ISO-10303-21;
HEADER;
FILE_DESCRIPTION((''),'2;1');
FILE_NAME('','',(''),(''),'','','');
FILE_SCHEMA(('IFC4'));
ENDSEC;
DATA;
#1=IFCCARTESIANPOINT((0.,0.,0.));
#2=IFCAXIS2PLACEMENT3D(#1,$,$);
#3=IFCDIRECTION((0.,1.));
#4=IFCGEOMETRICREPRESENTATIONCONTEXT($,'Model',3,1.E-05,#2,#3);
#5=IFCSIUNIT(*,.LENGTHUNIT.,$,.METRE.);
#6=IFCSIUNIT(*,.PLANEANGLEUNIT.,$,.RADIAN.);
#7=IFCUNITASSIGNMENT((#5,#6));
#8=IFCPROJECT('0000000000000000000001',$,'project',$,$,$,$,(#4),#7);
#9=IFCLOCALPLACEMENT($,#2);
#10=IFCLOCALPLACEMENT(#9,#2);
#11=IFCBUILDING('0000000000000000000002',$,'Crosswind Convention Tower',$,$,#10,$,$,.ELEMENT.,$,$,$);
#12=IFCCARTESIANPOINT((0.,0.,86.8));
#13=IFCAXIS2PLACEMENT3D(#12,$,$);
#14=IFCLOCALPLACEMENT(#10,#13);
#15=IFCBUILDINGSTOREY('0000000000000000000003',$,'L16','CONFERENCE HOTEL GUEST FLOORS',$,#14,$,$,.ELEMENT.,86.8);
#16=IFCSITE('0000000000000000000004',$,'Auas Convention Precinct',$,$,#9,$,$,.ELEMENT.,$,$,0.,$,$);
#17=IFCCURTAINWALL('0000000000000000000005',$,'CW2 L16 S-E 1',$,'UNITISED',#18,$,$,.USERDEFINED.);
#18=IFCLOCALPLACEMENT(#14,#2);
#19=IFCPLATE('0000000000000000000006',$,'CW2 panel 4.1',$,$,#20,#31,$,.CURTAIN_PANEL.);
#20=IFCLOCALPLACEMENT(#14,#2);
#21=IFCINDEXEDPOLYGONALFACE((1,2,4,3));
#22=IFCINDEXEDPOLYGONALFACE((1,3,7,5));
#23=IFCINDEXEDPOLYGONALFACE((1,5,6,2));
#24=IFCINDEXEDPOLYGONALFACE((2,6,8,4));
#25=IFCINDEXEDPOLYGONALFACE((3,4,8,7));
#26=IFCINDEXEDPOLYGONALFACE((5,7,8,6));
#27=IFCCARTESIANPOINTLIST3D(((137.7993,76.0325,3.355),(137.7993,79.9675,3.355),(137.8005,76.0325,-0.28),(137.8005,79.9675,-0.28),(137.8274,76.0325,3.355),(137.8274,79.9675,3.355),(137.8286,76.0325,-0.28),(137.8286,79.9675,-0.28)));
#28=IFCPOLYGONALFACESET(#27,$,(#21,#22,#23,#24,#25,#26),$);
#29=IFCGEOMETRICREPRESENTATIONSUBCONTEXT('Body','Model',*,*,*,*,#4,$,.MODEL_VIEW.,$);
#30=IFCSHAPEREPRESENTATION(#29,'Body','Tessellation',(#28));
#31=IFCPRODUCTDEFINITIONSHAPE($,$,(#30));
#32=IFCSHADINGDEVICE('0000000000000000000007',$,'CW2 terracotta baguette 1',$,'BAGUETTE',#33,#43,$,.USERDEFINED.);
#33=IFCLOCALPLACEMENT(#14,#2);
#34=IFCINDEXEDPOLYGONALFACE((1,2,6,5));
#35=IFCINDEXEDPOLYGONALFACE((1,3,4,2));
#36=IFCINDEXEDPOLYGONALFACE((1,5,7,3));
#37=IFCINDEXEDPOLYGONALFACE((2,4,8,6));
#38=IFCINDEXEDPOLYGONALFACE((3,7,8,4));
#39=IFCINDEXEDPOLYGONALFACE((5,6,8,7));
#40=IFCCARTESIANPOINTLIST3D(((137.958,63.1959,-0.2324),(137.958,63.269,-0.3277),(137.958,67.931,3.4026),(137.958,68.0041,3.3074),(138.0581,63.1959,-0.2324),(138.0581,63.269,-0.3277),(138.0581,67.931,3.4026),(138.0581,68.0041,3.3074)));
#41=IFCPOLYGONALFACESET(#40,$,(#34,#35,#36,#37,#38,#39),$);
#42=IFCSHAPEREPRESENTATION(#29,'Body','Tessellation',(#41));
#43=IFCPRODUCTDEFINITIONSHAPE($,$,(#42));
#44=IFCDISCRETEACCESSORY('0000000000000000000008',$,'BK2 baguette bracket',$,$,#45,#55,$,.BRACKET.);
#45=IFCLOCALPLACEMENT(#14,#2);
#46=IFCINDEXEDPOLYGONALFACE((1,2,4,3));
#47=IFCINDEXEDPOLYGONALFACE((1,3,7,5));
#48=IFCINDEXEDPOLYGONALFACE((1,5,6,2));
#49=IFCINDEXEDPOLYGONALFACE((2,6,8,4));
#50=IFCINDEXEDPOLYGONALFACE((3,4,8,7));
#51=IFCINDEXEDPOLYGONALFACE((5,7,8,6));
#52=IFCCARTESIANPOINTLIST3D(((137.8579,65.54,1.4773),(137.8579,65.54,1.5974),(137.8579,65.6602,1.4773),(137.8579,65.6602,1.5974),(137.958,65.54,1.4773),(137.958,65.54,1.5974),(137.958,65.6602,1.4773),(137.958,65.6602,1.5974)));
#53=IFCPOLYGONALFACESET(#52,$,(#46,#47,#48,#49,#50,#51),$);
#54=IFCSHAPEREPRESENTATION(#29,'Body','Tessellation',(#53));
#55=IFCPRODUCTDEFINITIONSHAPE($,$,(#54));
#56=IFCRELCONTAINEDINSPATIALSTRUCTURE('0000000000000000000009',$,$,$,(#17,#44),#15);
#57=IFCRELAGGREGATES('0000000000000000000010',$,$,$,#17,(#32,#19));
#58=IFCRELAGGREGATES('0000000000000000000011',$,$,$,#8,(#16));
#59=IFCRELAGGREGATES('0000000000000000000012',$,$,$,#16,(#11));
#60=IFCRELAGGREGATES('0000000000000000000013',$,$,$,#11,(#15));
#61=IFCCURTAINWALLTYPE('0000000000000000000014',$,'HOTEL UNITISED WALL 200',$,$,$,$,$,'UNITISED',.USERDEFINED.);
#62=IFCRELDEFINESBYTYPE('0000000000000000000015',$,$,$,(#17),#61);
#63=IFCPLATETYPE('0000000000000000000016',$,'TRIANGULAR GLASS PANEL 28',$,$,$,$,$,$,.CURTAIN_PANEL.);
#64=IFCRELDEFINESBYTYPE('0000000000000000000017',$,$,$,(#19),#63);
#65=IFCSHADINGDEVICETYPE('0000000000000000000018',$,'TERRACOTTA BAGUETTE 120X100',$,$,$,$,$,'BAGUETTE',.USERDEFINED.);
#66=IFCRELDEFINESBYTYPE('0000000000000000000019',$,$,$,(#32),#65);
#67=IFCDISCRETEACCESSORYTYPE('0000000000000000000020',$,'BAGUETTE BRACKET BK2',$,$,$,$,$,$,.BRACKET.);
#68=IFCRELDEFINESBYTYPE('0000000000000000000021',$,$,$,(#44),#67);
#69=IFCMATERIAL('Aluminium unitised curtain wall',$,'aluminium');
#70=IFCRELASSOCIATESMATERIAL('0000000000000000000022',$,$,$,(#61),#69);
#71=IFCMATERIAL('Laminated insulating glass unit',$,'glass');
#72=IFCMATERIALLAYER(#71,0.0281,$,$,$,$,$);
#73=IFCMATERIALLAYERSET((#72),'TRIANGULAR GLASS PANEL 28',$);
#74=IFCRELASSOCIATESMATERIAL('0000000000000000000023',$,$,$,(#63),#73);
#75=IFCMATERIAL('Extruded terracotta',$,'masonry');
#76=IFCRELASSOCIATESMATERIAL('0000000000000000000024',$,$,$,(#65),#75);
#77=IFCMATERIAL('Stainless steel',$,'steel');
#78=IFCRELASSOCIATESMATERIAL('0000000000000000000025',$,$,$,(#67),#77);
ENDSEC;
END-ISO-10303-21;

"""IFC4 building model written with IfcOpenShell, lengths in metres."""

from ifc_helpers import new_model, si_unit, direction, frame, origin, origin_2d, place, context, subcontext, project, spatial, polyline, rectangle, outline, extrude, material, layer, layer_set, material_profile, profile_set, type_object, element, aggregate, save


model = new_model("IFC4")

# Units and contexts
model_context = context("Model", 3, precision=1e-05, world=origin(), true_north=direction((0.0, 1.0)))
body_context = subcontext(model_context, "Body", "Model", "MODEL_VIEW")
ifc_project = project(units=[si_unit("LENGTHUNIT", "METRE"), si_unit("PLANEANGLEUNIT", "RADIAN")], contexts=[model_context])

# Site, building, storey
site_placement = place(None, origin())
site = spatial("IfcSite", under=ifc_project, at=site_placement, Name="Auas Convention Precinct", CompositionType="ELEMENT", RefElevation=0.0)
building_placement = place(site_placement, origin())
building = spatial("IfcBuilding", under=site, at=building_placement, Name="Crosswind Convention Tower", CompositionType="ELEMENT")
storey_placement = place(building_placement, frame((0.0, 0.0, 86.8)))
storey = spatial("IfcBuildingStorey", under=building, at=storey_placement, Name="L16", Description="CONFERENCE HOTEL GUEST FLOORS", CompositionType="ELEMENT", Elevation=86.8)

# Shared definitions
ifc_material_1 = material(Name="Aluminium unitised curtain wall", Category="aluminium")
curtain_wall_type = type_object("IfcCurtainWallType", Name="HOTEL UNITISED WALL 200", ElementType="UNITISED", PredefinedType="USERDEFINED", material=ifc_material_1)

# Curtain wall, plate
curtain_wall_1_placement = place(storey_placement, origin())
curtain_wall_1 = element("IfcCurtainWall", 1, at=curtain_wall_1_placement, inside=storey, type_object=curtain_wall_type, Name="CW2 L16 S-E 1", ObjectType="UNITISED", PredefinedType="USERDEFINED")
ifc_material_2 = material(Name="Laminated insulating glass unit", Category="glass")
ifc_layer_1 = layer(ifc_material_2, 0.0281)
ifc_layer_set_1 = layer_set([ifc_layer_1], Name="TRIANGULAR GLASS PANEL 28")
plate_type = type_object("IfcPlateType", Name="TRIANGULAR GLASS PANEL 28", PredefinedType="CURTAIN_PANEL", material=ifc_layer_set_1)
plate_1_placement = place(storey_placement, frame((137.8286, 76.0325, -0.28), z_axis=(1.0, 0.0, 0.000336), x_axis=(0.0, 1.0, 0.0)))
plate_1 = element("IfcPlate", 2, at=plate_1_placement, type_object=plate_type, Name="CW2 panel 4.1", PredefinedType="CURTAIN_PANEL", context=body_context, shape_type="SweptSolid", body=[
    extrude(outline(polyline([(0.0, 0.0), (3.9351, 0.0), (3.9351, 3.635), (0.0, 3.635), (0.0, 0.0)])), origin(), (0.0, 0.0, -1.0), 0.0281),
])

# Shading device
ifc_material_3 = material(Name="Extruded terracotta", Category="masonry")
ifc_material_profile_1 = material_profile(ifc_material_3, rectangle(XDim=0.1001, YDim=0.1201, at=origin_2d()), Name="TC 100X120")
ifc_profile_set_1 = profile_set([ifc_material_profile_1], Name="Extruded terracotta")
shading_device_type = type_object("IfcShadingDeviceType", Name="TERRACOTTA BAGUETTE 120X100", ElementType="BAGUETTE", PredefinedType="USERDEFINED", material=ifc_profile_set_1)
shading_device_placement = place(storey_placement, frame((138.0081, 63.2324, -0.28), z_axis=(0.0, 0.793221, 0.608934), x_axis=(-1.0, 0.0, 0.0)))
shading_device = element("IfcShadingDevice", 3, at=shading_device_placement, type_object=shading_device_type, Name="CW2 terracotta baguette 1", ObjectType="BAGUETTE", PredefinedType="USERDEFINED", context=body_context, shape_type="SweptSolid", body=[
    extrude(rectangle(XDim=0.1001, YDim=0.1201, at=origin_2d()), origin(), (0.0, 0.0, 1.0), 5.9695),
])
aggregate(curtain_wall_1, [shading_device, plate_1])

# Discrete accessory
ifc_material_4 = material(Name="Stainless steel", Category="steel")
discrete_accessory_type = type_object("IfcDiscreteAccessoryType", Name="BAGUETTE BRACKET BK2", PredefinedType="BRACKET", material=ifc_material_4)
discrete_accessory_placement = place(storey_placement, frame((137.908, 65.6001, 1.4773), z_axis=(0.0, 0.0, 1.0), x_axis=(0.0, 1.0, 0.0)))
element("IfcDiscreteAccessory", 4, at=discrete_accessory_placement, inside=storey, type_object=discrete_accessory_type, Name="BK2 baguette bracket", PredefinedType="BRACKET", context=body_context, shape_type="SweptSolid", body=[
    extrude(rectangle(XDim=0.1201, YDim=0.1001, at=origin_2d()), origin(), (0.0, 0.0, 1.0), 0.1201),
])

save(model, "model.ifc")
